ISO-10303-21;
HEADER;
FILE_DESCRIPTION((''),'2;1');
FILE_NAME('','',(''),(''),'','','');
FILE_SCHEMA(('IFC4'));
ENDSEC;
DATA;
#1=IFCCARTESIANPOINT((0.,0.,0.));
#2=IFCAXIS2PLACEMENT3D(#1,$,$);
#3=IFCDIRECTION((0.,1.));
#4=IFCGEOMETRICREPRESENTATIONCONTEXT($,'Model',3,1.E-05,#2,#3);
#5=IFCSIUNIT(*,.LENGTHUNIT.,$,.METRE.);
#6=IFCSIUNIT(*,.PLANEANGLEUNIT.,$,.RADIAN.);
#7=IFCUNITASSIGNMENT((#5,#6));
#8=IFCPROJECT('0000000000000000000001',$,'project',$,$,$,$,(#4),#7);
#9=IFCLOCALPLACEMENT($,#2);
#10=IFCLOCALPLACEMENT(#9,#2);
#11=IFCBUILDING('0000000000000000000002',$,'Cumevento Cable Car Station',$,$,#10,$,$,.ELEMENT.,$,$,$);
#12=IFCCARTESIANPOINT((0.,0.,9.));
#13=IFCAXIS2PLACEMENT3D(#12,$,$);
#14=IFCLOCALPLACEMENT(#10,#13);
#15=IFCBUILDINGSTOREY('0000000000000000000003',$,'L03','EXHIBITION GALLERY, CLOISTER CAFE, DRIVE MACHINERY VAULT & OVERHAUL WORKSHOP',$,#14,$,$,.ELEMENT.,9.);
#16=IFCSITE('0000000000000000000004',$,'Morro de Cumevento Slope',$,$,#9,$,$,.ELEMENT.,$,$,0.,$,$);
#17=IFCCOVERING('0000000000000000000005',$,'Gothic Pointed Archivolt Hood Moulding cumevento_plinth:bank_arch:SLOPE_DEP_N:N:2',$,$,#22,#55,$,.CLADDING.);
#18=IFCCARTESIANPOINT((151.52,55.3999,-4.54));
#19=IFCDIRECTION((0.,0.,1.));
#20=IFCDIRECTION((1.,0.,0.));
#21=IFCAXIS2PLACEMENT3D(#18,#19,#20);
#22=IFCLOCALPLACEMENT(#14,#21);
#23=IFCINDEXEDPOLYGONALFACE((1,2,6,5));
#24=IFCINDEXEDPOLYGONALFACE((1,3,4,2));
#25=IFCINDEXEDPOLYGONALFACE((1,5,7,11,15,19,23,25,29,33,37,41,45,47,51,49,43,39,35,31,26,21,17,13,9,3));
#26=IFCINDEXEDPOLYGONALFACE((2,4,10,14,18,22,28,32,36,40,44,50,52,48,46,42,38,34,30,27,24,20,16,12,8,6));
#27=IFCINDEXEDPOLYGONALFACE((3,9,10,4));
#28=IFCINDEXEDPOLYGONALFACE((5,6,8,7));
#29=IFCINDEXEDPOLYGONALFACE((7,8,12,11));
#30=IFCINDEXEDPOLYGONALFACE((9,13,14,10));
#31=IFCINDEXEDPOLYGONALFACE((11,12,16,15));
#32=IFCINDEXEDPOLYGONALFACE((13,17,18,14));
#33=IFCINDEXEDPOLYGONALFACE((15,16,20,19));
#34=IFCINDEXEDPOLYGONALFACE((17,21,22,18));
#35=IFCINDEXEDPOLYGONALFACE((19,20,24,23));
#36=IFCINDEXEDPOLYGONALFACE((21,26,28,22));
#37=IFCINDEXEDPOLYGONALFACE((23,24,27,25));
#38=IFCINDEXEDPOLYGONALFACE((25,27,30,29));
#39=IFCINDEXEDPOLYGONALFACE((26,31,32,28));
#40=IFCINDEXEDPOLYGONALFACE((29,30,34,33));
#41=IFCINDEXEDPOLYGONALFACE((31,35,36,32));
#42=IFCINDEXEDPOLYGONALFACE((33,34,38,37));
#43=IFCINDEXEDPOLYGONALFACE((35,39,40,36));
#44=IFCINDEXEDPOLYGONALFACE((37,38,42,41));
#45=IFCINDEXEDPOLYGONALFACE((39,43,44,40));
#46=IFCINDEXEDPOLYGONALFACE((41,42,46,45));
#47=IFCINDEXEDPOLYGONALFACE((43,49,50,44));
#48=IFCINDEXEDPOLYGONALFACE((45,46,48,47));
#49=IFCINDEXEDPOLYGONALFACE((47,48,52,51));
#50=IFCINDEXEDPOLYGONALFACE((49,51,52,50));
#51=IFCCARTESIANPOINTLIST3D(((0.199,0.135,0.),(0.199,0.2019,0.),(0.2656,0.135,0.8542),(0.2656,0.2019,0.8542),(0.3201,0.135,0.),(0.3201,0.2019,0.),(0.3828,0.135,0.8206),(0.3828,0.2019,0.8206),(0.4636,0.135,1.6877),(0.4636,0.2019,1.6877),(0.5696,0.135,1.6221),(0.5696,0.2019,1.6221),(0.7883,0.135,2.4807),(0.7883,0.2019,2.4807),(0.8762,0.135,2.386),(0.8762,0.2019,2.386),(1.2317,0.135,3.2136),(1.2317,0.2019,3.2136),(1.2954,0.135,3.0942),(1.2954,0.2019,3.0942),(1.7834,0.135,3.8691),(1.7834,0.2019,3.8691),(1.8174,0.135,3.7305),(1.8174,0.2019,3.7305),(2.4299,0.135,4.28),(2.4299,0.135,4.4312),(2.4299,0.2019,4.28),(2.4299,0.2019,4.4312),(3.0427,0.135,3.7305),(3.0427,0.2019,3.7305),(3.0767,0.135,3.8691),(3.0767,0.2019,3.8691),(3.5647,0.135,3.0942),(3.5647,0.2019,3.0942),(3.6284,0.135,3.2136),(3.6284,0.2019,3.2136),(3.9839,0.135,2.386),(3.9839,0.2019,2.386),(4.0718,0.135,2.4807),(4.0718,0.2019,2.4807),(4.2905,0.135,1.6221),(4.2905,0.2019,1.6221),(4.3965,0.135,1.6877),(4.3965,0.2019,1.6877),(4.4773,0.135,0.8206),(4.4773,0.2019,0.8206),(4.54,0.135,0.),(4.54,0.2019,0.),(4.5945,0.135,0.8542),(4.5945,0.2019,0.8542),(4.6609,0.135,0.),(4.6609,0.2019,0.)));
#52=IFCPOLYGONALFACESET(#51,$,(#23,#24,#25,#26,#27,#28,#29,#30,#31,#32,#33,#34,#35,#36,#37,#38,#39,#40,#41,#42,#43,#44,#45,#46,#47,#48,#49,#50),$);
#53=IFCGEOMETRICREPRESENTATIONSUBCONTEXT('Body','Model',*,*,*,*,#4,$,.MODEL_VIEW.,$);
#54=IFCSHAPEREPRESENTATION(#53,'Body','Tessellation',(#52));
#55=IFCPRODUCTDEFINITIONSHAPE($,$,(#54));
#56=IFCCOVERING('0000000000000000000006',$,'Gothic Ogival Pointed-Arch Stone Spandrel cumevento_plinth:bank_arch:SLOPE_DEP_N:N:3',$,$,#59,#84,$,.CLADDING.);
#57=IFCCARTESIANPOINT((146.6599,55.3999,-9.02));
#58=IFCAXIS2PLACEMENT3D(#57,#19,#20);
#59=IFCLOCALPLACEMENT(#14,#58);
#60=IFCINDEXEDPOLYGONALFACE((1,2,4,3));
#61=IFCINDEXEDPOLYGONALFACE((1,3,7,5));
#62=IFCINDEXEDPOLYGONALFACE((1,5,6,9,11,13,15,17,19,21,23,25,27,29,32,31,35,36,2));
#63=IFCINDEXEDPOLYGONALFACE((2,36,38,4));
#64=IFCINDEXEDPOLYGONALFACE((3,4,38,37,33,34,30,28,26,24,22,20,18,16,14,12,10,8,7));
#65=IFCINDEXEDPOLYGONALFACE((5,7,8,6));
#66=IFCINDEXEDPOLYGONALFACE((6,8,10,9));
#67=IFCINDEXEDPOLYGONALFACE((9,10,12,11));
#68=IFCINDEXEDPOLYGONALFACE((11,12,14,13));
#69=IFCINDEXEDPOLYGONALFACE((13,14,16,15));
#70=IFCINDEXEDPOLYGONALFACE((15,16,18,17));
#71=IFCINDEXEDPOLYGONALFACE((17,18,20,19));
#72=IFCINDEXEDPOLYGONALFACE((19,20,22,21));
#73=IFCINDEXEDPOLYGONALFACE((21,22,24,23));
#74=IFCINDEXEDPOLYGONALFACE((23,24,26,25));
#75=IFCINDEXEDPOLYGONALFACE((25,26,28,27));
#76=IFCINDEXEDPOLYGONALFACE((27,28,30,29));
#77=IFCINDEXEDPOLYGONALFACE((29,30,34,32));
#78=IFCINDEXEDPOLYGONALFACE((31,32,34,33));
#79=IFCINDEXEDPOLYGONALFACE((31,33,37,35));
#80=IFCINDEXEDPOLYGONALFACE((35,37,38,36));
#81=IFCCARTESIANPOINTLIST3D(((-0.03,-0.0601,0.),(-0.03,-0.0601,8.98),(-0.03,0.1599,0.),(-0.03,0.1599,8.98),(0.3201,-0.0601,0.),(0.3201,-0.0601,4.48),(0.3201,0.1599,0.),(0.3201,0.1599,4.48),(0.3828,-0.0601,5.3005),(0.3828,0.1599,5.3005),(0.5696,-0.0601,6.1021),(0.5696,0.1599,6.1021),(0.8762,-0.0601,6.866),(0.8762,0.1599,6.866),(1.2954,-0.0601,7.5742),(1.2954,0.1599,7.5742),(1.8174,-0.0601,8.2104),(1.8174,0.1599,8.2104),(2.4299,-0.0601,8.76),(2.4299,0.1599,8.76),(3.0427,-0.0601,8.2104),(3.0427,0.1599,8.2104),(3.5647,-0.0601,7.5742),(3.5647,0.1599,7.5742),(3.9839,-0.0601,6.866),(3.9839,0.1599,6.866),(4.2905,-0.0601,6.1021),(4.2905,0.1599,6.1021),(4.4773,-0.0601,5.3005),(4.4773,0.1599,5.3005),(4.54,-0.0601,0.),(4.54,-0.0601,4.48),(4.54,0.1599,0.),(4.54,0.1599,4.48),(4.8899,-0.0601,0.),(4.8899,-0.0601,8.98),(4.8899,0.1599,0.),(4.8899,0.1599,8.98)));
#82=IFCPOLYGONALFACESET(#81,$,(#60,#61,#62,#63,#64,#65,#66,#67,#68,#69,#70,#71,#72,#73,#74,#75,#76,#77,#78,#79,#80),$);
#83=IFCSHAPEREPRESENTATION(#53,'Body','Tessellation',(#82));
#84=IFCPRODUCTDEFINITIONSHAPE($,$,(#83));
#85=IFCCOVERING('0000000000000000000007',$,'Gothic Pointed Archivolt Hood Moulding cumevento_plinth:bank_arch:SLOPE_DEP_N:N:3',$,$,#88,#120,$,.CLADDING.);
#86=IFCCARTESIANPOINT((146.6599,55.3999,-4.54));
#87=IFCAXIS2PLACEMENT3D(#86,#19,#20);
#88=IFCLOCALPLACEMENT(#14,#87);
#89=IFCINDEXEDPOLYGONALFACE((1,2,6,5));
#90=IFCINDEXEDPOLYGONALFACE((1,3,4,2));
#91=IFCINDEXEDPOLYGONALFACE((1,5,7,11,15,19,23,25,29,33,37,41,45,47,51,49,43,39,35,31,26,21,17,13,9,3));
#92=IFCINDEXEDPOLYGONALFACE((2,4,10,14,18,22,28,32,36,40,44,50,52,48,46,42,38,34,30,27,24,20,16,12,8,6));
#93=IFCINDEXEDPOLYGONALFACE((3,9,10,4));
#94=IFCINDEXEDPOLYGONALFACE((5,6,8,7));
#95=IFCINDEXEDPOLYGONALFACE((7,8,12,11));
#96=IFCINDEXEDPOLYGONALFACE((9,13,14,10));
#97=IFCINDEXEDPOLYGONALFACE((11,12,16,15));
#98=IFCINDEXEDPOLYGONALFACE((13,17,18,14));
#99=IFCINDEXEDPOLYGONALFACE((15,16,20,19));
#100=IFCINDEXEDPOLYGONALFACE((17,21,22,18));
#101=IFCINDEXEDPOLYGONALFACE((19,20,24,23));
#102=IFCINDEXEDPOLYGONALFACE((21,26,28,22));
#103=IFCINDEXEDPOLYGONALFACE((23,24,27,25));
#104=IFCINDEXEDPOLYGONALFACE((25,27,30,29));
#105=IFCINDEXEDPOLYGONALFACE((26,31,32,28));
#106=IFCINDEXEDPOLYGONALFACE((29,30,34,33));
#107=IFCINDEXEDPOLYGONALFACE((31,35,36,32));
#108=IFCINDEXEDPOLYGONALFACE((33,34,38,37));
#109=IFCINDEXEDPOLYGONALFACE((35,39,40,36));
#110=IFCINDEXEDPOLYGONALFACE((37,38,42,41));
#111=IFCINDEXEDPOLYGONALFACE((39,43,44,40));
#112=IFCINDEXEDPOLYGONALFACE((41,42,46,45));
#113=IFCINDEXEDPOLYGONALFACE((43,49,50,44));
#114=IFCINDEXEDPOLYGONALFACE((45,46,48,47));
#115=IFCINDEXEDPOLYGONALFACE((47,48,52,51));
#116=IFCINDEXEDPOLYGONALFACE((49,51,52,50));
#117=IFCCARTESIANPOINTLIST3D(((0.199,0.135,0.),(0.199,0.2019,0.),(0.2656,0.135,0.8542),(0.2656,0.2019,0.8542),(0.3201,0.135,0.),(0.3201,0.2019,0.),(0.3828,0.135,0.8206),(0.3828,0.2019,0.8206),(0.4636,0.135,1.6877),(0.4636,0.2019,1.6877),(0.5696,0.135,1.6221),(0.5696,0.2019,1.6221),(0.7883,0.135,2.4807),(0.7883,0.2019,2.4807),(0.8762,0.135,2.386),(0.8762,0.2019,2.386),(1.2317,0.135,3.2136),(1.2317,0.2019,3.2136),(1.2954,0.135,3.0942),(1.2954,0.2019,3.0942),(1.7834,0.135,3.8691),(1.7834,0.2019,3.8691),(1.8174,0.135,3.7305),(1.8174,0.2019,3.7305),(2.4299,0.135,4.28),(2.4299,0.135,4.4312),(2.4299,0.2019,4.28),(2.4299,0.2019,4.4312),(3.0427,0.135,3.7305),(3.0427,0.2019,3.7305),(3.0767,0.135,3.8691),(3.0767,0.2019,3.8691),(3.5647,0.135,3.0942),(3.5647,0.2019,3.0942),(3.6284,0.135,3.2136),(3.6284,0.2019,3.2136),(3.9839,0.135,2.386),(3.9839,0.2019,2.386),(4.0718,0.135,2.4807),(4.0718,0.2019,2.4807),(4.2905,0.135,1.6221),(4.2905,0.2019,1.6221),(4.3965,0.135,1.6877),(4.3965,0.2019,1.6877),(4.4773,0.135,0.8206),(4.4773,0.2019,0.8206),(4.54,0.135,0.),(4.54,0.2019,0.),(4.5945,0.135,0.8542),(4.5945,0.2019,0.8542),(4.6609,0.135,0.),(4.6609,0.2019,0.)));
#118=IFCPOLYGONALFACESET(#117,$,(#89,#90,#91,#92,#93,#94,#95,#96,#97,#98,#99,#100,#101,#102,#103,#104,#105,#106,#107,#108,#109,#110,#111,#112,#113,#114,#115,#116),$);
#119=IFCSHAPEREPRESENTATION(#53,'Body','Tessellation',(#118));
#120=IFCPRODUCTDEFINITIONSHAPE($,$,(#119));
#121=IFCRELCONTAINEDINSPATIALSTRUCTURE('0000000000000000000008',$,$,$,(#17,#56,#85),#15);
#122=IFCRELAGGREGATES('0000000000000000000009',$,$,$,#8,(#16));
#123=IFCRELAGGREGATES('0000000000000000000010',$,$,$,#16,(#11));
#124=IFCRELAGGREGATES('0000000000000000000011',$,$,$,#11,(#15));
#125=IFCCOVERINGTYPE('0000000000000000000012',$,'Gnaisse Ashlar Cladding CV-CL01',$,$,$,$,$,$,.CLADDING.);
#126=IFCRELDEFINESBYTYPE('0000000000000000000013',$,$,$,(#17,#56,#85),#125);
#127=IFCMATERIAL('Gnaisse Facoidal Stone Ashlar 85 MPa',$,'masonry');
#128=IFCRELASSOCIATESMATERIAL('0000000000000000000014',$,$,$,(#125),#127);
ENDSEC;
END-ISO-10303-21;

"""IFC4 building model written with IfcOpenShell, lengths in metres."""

from ifc_helpers import new_model, si_unit, direction, frame, origin, place, context, subcontext, project, spatial, polyline, outline, extrude, material, type_object, element, save


model = new_model("IFC4")

# Units and contexts
model_context = context("Model", 3, precision=1e-05, world=origin(), true_north=direction((0.0, 1.0)))
body_context = subcontext(model_context, "Body", "Model", "MODEL_VIEW")
ifc_project = project(units=[si_unit("LENGTHUNIT", "METRE"), si_unit("PLANEANGLEUNIT", "RADIAN")], contexts=[model_context])

# Site, building, storey
site_placement = place(None, origin())
site = spatial("IfcSite", under=ifc_project, at=site_placement, Name="Morro de Cumevento Slope", CompositionType="ELEMENT", RefElevation=0.0)
building_placement = place(site_placement, origin())
building = spatial("IfcBuilding", under=site, at=building_placement, Name="Cumevento Cable Car Station", CompositionType="ELEMENT")
storey_placement = place(building_placement, frame((0.0, 0.0, 9.0)))
storey = spatial("IfcBuildingStorey", under=building, at=storey_placement, Name="L03", Description="EXHIBITION GALLERY, CLOISTER CAFE, DRIVE MACHINERY VAULT & OVERHAUL WORKSHOP", CompositionType="ELEMENT", Elevation=9.0)

# Coverings
ifc_material_1 = material(Name="Gnaisse Facoidal Stone Ashlar 85 MPa", Category="masonry")
covering_type = type_object("IfcCoveringType", Name="Gnaisse Ashlar Cladding CV-CL01", PredefinedType="CLADDING", material=ifc_material_1)
covering_1_placement = place(storey_placement, frame((151.52, 55.3999, -4.54), z_axis=(0.0, 0.0, 1.0), x_axis=(1.0, 0.0, 0.0)))
element("IfcCovering", 1, at=covering_1_placement, inside=storey, type_object=covering_type, Name="Gothic Pointed Archivolt Hood Moulding cumevento_plinth:bank_arch:SLOPE_DEP_N:N:2", PredefinedType="CLADDING", context=body_context, shape_type="SweptSolid", body=[
    extrude(outline(polyline([(0.3201, 0.0), (0.3828, 0.8206), (0.5696, 1.6221), (0.8762, 2.386), (1.2954, 3.0942), (1.8174, 3.7305), (2.4299, 4.28), (3.0427, 3.7305), (3.5647, 3.0942), (3.9839, 2.386), (4.2905, 1.6221), (4.4773, 0.8206), (4.54, 0.0), (4.6609, 0.0), (4.5945, 0.8542), (4.3965, 1.6877), (4.0718, 2.4807), (3.6284, 3.2136), (3.0767, 3.8691), (2.4299, 4.4312), (1.7834, 3.8691), (1.2317, 3.2136), (0.7883, 2.4807), (0.4636, 1.6877), (0.2656, 0.8542), (0.199, 0.0), (0.3201, 0.0)])), frame((0.0, 0.2019, 0.0), z_axis=(0.0, -1.0, 0.0), x_axis=(1.0, 0.0, 0.0)), (0.0, 0.0, 1.0), 0.0669),
])
covering_2_placement = place(storey_placement, frame((146.6599, 55.3999, -9.02), z_axis=(0.0, 0.0, 1.0), x_axis=(1.0, 0.0, 0.0)))
element("IfcCovering", 2, at=covering_2_placement, inside=storey, type_object=covering_type, Name="Gothic Ogival Pointed-Arch Stone Spandrel cumevento_plinth:bank_arch:SLOPE_DEP_N:N:3", PredefinedType="CLADDING", context=body_context, shape_type="SweptSolid", body=[
    extrude(outline(polyline([(-0.03, 0.0), (-0.03, 8.98), (4.8899, 8.98), (4.8899, 0.0), (4.54, 0.0), (4.54, 4.48), (4.4773, 5.3005), (4.2905, 6.1021), (3.9839, 6.866), (3.5647, 7.5742), (3.0427, 8.2104), (2.4299, 8.76), (1.8174, 8.2104), (1.2954, 7.5742), (0.8762, 6.866), (0.5696, 6.1021), (0.3828, 5.3005), (0.3201, 4.48), (0.3201, 0.0), (-0.03, 0.0)])), frame((0.0, 0.1599, 0.0), z_axis=(0.0, -1.0, 0.0), x_axis=(1.0, 0.0, 0.0)), (0.0, 0.0, 1.0), 0.22),
])
covering_3_placement = place(storey_placement, frame((146.6599, 55.3999, -4.54), z_axis=(0.0, 0.0, 1.0), x_axis=(1.0, 0.0, 0.0)))
element("IfcCovering", 3, at=covering_3_placement, inside=storey, type_object=covering_type, Name="Gothic Pointed Archivolt Hood Moulding cumevento_plinth:bank_arch:SLOPE_DEP_N:N:3", PredefinedType="CLADDING", context=body_context, shape_type="SweptSolid", body=[
    extrude(outline(polyline([(0.3201, 0.0), (0.3828, 0.8206), (0.5696, 1.6221), (0.8762, 2.386), (1.2954, 3.0942), (1.8174, 3.7305), (2.4299, 4.28), (3.0427, 3.7305), (3.5647, 3.0942), (3.9839, 2.386), (4.2905, 1.6221), (4.4773, 0.8206), (4.54, 0.0), (4.6609, 0.0), (4.5945, 0.8542), (4.3965, 1.6877), (4.0718, 2.4807), (3.6284, 3.2136), (3.0767, 3.8691), (2.4299, 4.4312), (1.7834, 3.8691), (1.2317, 3.2136), (0.7883, 2.4807), (0.4636, 1.6877), (0.2656, 0.8542), (0.199, 0.0), (0.3201, 0.0)])), frame((0.0, 0.2019, 0.0), z_axis=(0.0, -1.0, 0.0), x_axis=(1.0, 0.0, 0.0)), (0.0, 0.0, 1.0), 0.0669),
])

save(model, "model.ifc")
